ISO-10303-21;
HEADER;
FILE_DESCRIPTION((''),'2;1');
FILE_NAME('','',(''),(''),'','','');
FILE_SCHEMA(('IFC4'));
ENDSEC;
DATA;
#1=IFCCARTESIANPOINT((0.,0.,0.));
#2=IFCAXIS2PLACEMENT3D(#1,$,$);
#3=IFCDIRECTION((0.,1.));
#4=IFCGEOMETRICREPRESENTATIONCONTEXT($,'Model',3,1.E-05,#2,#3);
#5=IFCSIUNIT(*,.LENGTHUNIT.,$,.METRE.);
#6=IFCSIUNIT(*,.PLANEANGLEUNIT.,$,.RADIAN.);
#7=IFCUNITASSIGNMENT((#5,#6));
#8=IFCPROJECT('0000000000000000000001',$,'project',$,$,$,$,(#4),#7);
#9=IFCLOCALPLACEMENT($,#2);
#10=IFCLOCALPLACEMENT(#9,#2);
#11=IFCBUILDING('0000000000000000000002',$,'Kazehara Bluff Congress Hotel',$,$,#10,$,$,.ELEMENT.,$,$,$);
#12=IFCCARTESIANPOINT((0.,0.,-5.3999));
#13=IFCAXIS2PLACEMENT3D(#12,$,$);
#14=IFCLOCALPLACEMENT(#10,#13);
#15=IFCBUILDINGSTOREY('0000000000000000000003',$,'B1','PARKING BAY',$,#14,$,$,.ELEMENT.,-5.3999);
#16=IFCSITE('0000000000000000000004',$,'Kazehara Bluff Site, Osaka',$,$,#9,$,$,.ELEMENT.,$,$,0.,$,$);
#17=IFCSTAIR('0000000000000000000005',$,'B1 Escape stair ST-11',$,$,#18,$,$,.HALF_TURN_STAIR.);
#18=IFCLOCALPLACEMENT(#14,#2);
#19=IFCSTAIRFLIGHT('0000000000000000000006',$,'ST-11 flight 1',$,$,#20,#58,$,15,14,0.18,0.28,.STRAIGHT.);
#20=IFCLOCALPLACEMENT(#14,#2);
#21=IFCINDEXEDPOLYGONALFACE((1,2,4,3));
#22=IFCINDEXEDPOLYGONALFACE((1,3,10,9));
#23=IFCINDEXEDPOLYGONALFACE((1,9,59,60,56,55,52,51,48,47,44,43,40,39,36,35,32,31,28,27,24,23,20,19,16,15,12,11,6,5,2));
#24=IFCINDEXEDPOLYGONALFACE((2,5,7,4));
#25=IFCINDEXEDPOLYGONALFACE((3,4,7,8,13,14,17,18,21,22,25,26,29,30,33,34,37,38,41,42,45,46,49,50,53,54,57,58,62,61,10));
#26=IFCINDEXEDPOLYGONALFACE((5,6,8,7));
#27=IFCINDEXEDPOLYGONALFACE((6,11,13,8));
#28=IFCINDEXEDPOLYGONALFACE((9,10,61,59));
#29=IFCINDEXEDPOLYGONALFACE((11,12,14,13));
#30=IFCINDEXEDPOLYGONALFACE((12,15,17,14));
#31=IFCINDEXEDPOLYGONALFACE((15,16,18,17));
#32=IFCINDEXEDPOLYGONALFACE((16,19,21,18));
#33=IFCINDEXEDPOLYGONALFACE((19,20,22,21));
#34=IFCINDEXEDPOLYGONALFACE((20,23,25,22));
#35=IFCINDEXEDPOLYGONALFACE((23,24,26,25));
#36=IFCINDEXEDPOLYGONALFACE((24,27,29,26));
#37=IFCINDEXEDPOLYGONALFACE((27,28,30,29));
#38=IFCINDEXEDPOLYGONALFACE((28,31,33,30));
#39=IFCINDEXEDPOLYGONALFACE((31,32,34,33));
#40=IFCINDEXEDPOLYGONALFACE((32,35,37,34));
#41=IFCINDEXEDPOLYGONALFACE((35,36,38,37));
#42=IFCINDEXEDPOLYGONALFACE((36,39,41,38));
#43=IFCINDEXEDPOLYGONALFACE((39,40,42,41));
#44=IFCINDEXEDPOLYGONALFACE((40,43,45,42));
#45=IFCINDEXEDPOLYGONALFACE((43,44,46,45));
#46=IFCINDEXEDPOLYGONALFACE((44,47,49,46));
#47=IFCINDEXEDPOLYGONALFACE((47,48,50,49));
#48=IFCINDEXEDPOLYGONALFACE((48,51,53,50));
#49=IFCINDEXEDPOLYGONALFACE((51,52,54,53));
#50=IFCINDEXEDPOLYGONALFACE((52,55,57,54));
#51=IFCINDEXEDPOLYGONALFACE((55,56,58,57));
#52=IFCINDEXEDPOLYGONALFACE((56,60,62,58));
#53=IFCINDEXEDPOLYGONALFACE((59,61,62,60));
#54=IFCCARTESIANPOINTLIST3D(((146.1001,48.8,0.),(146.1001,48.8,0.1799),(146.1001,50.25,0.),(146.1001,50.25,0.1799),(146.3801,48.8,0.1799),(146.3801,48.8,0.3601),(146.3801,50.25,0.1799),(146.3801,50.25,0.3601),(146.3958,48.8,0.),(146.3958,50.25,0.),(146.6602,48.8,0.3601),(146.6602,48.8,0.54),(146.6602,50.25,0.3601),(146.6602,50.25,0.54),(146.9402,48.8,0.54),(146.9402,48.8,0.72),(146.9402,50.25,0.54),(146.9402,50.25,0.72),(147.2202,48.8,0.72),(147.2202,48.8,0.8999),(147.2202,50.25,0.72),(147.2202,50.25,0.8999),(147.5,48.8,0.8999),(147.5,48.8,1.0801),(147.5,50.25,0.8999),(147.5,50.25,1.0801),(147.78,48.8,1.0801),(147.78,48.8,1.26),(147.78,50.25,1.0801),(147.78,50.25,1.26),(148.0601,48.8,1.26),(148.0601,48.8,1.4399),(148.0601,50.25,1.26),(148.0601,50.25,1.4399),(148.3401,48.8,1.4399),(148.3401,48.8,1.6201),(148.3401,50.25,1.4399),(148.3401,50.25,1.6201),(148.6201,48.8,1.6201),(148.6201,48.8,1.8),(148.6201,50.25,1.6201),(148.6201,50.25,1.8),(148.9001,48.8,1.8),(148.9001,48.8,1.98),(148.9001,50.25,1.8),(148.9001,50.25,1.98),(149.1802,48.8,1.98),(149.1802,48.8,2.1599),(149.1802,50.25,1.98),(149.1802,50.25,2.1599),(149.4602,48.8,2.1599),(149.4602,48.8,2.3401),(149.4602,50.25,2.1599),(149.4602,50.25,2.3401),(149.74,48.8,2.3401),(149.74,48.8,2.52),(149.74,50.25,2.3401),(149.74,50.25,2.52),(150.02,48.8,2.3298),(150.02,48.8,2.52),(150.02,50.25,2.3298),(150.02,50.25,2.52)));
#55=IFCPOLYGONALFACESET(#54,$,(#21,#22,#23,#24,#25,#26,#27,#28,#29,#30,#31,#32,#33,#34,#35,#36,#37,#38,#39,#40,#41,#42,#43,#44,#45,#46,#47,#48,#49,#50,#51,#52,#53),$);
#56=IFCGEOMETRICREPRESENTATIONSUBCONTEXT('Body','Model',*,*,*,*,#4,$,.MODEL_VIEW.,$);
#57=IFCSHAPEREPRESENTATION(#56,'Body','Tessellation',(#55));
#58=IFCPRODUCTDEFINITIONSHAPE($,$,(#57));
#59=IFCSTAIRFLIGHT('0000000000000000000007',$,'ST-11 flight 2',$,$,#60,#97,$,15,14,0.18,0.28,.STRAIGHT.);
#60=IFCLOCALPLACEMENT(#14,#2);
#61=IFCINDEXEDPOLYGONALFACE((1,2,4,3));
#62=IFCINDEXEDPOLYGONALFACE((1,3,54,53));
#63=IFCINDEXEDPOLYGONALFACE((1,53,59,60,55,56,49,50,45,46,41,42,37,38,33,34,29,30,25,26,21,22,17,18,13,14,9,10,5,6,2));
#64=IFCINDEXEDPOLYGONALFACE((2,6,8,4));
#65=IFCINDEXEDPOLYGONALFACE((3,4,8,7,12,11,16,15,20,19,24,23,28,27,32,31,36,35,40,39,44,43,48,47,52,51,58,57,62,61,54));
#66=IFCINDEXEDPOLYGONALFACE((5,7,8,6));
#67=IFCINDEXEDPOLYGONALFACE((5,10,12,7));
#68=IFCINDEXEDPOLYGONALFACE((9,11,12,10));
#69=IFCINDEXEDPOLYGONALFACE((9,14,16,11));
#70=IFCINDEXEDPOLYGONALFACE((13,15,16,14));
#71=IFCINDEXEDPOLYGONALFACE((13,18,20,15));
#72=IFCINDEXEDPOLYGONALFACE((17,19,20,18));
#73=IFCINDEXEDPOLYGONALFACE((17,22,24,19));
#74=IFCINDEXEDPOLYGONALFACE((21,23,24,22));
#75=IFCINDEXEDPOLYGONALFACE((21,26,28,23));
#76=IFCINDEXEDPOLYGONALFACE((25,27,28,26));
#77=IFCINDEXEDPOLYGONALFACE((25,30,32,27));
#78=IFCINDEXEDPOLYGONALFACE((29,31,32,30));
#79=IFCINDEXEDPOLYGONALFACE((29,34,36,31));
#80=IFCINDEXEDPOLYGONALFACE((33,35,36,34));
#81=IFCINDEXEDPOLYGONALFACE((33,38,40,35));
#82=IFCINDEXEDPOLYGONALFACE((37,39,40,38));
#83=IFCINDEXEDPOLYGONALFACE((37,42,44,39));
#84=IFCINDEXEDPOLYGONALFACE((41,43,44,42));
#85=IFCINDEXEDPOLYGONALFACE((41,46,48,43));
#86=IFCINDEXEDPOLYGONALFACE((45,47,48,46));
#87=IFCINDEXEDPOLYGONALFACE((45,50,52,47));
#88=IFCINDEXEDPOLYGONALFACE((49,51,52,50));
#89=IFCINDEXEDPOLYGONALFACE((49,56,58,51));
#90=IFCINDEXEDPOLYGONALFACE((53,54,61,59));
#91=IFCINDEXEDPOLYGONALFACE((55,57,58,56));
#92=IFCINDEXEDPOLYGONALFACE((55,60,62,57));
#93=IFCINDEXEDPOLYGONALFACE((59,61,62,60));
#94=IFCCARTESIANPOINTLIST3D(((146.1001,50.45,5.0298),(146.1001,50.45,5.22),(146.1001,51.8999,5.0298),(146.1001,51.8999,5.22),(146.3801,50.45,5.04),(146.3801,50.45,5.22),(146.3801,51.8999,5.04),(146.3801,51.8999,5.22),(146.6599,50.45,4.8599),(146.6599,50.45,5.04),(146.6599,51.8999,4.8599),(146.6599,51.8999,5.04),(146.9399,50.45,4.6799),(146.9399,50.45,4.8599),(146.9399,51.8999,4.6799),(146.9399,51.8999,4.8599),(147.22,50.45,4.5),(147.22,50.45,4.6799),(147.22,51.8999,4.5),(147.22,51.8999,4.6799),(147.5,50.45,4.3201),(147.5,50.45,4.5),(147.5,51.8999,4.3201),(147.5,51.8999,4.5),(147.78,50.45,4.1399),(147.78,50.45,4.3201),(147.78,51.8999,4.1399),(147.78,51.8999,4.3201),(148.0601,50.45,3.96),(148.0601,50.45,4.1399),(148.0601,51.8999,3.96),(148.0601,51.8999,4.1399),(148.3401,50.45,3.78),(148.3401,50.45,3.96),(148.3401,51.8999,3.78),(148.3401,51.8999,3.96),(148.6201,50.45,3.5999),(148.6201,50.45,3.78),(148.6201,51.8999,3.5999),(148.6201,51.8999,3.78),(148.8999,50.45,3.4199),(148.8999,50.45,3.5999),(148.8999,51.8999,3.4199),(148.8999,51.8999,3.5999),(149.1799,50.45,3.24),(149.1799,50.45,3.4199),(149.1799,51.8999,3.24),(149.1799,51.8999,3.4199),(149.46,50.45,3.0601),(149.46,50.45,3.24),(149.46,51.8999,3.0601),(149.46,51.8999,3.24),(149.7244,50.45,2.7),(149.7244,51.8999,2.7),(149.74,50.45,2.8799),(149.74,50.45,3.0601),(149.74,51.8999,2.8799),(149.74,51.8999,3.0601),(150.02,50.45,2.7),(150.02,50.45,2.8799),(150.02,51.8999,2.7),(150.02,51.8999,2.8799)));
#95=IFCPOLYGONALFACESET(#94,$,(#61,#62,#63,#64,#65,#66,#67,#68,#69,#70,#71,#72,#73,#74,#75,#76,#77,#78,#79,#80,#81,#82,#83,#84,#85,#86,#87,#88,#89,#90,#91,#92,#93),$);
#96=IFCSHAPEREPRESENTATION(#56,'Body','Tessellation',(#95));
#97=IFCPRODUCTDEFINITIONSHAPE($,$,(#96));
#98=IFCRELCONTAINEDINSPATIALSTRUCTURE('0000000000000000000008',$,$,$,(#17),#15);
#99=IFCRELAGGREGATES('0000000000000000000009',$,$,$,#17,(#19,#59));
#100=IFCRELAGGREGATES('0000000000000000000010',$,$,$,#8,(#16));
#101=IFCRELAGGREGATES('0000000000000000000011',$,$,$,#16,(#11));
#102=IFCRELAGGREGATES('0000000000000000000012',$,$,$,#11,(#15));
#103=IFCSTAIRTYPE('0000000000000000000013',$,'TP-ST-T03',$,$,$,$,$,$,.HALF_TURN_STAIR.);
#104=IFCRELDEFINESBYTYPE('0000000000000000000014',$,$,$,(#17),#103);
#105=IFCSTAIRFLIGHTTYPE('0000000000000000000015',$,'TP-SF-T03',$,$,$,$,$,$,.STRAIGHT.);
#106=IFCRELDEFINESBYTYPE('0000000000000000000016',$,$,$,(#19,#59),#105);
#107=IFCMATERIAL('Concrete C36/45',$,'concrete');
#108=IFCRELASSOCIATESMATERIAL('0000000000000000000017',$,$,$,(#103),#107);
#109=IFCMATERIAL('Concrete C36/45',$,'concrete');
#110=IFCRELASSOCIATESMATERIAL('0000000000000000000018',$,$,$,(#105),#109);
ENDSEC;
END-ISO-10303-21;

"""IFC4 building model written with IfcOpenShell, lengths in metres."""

from ifc_helpers import new_model, si_unit, direction, frame, origin, place, context, subcontext, project, spatial, polyline, outline, extrude, material, type_object, element, aggregate, save


model = new_model("IFC4")

# Units and contexts
model_context = context("Model", 3, precision=1e-05, world=origin(), true_north=direction((0.0, 1.0)))
body_context = subcontext(model_context, "Body", "Model", "MODEL_VIEW")
ifc_project = project(units=[si_unit("LENGTHUNIT", "METRE"), si_unit("PLANEANGLEUNIT", "RADIAN")], contexts=[model_context])

# Site, building, storey
site_placement = place(None, origin())
site = spatial("IfcSite", under=ifc_project, at=site_placement, Name="Kazehara Bluff Site, Osaka", CompositionType="ELEMENT", RefElevation=0.0)
building_placement = place(site_placement, origin())
building = spatial("IfcBuilding", under=site, at=building_placement, Name="Kazehara Bluff Congress Hotel", CompositionType="ELEMENT")
storey_placement = place(building_placement, frame((0.0, 0.0, -5.3999)))
storey = spatial("IfcBuildingStorey", under=building, at=storey_placement, Name="B1", Description="PARKING BAY", CompositionType="ELEMENT", Elevation=-5.3999)

# Stair, stair flights
ifc_material_1 = material(Name="Concrete C36/45", Category="concrete")
stair_type = type_object("IfcStairType", Name="TP-ST-T03", PredefinedType="HALF_TURN_STAIR", material=ifc_material_1)
stair_placement = place(storey_placement, origin())
stair = element("IfcStair", 1, at=stair_placement, inside=storey, type_object=stair_type, Name="B1 Escape stair ST-11", PredefinedType="HALF_TURN_STAIR")
ifc_material_2 = material(Name="Concrete C36/45", Category="concrete")
stair_flight_type = type_object("IfcStairFlightType", Name="TP-SF-T03", PredefinedType="STRAIGHT", material=ifc_material_2)
stair_flight_1_placement = place(storey_placement, frame((146.1001, 49.5249, 0.0), z_axis=(0.0, 0.0, 1.0), x_axis=(1.0, 0.0, 0.0)))
stair_flight_1 = element("IfcStairFlight", 2, at=stair_flight_1_placement, type_object=stair_flight_type, Name="ST-11 flight 1", NumberOfRisers=15, NumberOfTreads=14, PredefinedType="STRAIGHT", RiserHeight=0.18, TreadLength=0.28, context=body_context, shape_type="SweptSolid", body=[
    extrude(outline(polyline([(0.0, 0.0), (0.0, 0.1799), (0.28, 0.1799), (0.28, 0.3601), (0.5601, 0.3601), (0.5601, 0.54), (0.8401, 0.54), (0.8401, 0.72), (1.1201, 0.72), (1.1201, 0.8999), (1.3999, 0.8999), (1.3999, 1.0801), (1.6799, 1.0801), (1.6799, 1.26), (1.96, 1.26), (1.96, 1.4399), (2.24, 1.4399), (2.24, 1.6201), (2.52, 1.6201), (2.52, 1.8), (2.8, 1.8), (2.8, 1.98), (3.0801, 1.98), (3.0801, 2.1599), (3.3601, 2.1599), (3.3601, 2.3401), (3.6399, 2.3401), (3.6399, 2.52), (3.9199, 2.52), (3.9199, 2.7), (3.9199, 2.3298), (0.2957, 0.0), (0.0, 0.0)])), frame((0.0, 0.7251, 0.0), z_axis=(0.0, -1.0, 0.0), x_axis=(1.0, 0.0, 0.0)), (0.0, 0.0, 1.0), 1.45),
])
stair_flight_2_placement = place(storey_placement, frame((150.02, 51.175, 2.7), z_axis=(0.0, 0.0, 1.0), x_axis=(-1.0, 0.0, 0.0)))
stair_flight_2 = element("IfcStairFlight", 3, at=stair_flight_2_placement, type_object=stair_flight_type, Name="ST-11 flight 2", NumberOfRisers=15, NumberOfTreads=14, PredefinedType="STRAIGHT", RiserHeight=0.18, TreadLength=0.28, context=body_context, shape_type="SweptSolid", body=[
    extrude(outline(polyline([(0.0, 0.0), (0.0, 0.1799), (0.28, 0.1799), (0.28, 0.3601), (0.5601, 0.3601), (0.5601, 0.54), (0.8401, 0.54), (0.8401, 0.72), (1.1201, 0.72), (1.1201, 0.8999), (1.3999, 0.8999), (1.3999, 1.0801), (1.6799, 1.0801), (1.6799, 1.26), (1.96, 1.26), (1.96, 1.4399), (2.24, 1.4399), (2.24, 1.6201), (2.52, 1.6201), (2.52, 1.8), (2.8, 1.8), (2.8, 1.98), (3.0801, 1.98), (3.0801, 2.1599), (3.3601, 2.1599), (3.3601, 2.3401), (3.6399, 2.3401), (3.6399, 2.52), (3.9199, 2.52), (3.9199, 2.7), (3.9199, 2.3298), (0.2957, 0.0), (0.0, 0.0)])), frame((0.0, 0.7251, 0.0), z_axis=(0.0, -1.0, 0.0), x_axis=(1.0, 0.0, 0.0)), (0.0, 0.0, 1.0), 1.45),
])
aggregate(stair, [stair_flight_1, stair_flight_2])

save(model, "model.ifc")
